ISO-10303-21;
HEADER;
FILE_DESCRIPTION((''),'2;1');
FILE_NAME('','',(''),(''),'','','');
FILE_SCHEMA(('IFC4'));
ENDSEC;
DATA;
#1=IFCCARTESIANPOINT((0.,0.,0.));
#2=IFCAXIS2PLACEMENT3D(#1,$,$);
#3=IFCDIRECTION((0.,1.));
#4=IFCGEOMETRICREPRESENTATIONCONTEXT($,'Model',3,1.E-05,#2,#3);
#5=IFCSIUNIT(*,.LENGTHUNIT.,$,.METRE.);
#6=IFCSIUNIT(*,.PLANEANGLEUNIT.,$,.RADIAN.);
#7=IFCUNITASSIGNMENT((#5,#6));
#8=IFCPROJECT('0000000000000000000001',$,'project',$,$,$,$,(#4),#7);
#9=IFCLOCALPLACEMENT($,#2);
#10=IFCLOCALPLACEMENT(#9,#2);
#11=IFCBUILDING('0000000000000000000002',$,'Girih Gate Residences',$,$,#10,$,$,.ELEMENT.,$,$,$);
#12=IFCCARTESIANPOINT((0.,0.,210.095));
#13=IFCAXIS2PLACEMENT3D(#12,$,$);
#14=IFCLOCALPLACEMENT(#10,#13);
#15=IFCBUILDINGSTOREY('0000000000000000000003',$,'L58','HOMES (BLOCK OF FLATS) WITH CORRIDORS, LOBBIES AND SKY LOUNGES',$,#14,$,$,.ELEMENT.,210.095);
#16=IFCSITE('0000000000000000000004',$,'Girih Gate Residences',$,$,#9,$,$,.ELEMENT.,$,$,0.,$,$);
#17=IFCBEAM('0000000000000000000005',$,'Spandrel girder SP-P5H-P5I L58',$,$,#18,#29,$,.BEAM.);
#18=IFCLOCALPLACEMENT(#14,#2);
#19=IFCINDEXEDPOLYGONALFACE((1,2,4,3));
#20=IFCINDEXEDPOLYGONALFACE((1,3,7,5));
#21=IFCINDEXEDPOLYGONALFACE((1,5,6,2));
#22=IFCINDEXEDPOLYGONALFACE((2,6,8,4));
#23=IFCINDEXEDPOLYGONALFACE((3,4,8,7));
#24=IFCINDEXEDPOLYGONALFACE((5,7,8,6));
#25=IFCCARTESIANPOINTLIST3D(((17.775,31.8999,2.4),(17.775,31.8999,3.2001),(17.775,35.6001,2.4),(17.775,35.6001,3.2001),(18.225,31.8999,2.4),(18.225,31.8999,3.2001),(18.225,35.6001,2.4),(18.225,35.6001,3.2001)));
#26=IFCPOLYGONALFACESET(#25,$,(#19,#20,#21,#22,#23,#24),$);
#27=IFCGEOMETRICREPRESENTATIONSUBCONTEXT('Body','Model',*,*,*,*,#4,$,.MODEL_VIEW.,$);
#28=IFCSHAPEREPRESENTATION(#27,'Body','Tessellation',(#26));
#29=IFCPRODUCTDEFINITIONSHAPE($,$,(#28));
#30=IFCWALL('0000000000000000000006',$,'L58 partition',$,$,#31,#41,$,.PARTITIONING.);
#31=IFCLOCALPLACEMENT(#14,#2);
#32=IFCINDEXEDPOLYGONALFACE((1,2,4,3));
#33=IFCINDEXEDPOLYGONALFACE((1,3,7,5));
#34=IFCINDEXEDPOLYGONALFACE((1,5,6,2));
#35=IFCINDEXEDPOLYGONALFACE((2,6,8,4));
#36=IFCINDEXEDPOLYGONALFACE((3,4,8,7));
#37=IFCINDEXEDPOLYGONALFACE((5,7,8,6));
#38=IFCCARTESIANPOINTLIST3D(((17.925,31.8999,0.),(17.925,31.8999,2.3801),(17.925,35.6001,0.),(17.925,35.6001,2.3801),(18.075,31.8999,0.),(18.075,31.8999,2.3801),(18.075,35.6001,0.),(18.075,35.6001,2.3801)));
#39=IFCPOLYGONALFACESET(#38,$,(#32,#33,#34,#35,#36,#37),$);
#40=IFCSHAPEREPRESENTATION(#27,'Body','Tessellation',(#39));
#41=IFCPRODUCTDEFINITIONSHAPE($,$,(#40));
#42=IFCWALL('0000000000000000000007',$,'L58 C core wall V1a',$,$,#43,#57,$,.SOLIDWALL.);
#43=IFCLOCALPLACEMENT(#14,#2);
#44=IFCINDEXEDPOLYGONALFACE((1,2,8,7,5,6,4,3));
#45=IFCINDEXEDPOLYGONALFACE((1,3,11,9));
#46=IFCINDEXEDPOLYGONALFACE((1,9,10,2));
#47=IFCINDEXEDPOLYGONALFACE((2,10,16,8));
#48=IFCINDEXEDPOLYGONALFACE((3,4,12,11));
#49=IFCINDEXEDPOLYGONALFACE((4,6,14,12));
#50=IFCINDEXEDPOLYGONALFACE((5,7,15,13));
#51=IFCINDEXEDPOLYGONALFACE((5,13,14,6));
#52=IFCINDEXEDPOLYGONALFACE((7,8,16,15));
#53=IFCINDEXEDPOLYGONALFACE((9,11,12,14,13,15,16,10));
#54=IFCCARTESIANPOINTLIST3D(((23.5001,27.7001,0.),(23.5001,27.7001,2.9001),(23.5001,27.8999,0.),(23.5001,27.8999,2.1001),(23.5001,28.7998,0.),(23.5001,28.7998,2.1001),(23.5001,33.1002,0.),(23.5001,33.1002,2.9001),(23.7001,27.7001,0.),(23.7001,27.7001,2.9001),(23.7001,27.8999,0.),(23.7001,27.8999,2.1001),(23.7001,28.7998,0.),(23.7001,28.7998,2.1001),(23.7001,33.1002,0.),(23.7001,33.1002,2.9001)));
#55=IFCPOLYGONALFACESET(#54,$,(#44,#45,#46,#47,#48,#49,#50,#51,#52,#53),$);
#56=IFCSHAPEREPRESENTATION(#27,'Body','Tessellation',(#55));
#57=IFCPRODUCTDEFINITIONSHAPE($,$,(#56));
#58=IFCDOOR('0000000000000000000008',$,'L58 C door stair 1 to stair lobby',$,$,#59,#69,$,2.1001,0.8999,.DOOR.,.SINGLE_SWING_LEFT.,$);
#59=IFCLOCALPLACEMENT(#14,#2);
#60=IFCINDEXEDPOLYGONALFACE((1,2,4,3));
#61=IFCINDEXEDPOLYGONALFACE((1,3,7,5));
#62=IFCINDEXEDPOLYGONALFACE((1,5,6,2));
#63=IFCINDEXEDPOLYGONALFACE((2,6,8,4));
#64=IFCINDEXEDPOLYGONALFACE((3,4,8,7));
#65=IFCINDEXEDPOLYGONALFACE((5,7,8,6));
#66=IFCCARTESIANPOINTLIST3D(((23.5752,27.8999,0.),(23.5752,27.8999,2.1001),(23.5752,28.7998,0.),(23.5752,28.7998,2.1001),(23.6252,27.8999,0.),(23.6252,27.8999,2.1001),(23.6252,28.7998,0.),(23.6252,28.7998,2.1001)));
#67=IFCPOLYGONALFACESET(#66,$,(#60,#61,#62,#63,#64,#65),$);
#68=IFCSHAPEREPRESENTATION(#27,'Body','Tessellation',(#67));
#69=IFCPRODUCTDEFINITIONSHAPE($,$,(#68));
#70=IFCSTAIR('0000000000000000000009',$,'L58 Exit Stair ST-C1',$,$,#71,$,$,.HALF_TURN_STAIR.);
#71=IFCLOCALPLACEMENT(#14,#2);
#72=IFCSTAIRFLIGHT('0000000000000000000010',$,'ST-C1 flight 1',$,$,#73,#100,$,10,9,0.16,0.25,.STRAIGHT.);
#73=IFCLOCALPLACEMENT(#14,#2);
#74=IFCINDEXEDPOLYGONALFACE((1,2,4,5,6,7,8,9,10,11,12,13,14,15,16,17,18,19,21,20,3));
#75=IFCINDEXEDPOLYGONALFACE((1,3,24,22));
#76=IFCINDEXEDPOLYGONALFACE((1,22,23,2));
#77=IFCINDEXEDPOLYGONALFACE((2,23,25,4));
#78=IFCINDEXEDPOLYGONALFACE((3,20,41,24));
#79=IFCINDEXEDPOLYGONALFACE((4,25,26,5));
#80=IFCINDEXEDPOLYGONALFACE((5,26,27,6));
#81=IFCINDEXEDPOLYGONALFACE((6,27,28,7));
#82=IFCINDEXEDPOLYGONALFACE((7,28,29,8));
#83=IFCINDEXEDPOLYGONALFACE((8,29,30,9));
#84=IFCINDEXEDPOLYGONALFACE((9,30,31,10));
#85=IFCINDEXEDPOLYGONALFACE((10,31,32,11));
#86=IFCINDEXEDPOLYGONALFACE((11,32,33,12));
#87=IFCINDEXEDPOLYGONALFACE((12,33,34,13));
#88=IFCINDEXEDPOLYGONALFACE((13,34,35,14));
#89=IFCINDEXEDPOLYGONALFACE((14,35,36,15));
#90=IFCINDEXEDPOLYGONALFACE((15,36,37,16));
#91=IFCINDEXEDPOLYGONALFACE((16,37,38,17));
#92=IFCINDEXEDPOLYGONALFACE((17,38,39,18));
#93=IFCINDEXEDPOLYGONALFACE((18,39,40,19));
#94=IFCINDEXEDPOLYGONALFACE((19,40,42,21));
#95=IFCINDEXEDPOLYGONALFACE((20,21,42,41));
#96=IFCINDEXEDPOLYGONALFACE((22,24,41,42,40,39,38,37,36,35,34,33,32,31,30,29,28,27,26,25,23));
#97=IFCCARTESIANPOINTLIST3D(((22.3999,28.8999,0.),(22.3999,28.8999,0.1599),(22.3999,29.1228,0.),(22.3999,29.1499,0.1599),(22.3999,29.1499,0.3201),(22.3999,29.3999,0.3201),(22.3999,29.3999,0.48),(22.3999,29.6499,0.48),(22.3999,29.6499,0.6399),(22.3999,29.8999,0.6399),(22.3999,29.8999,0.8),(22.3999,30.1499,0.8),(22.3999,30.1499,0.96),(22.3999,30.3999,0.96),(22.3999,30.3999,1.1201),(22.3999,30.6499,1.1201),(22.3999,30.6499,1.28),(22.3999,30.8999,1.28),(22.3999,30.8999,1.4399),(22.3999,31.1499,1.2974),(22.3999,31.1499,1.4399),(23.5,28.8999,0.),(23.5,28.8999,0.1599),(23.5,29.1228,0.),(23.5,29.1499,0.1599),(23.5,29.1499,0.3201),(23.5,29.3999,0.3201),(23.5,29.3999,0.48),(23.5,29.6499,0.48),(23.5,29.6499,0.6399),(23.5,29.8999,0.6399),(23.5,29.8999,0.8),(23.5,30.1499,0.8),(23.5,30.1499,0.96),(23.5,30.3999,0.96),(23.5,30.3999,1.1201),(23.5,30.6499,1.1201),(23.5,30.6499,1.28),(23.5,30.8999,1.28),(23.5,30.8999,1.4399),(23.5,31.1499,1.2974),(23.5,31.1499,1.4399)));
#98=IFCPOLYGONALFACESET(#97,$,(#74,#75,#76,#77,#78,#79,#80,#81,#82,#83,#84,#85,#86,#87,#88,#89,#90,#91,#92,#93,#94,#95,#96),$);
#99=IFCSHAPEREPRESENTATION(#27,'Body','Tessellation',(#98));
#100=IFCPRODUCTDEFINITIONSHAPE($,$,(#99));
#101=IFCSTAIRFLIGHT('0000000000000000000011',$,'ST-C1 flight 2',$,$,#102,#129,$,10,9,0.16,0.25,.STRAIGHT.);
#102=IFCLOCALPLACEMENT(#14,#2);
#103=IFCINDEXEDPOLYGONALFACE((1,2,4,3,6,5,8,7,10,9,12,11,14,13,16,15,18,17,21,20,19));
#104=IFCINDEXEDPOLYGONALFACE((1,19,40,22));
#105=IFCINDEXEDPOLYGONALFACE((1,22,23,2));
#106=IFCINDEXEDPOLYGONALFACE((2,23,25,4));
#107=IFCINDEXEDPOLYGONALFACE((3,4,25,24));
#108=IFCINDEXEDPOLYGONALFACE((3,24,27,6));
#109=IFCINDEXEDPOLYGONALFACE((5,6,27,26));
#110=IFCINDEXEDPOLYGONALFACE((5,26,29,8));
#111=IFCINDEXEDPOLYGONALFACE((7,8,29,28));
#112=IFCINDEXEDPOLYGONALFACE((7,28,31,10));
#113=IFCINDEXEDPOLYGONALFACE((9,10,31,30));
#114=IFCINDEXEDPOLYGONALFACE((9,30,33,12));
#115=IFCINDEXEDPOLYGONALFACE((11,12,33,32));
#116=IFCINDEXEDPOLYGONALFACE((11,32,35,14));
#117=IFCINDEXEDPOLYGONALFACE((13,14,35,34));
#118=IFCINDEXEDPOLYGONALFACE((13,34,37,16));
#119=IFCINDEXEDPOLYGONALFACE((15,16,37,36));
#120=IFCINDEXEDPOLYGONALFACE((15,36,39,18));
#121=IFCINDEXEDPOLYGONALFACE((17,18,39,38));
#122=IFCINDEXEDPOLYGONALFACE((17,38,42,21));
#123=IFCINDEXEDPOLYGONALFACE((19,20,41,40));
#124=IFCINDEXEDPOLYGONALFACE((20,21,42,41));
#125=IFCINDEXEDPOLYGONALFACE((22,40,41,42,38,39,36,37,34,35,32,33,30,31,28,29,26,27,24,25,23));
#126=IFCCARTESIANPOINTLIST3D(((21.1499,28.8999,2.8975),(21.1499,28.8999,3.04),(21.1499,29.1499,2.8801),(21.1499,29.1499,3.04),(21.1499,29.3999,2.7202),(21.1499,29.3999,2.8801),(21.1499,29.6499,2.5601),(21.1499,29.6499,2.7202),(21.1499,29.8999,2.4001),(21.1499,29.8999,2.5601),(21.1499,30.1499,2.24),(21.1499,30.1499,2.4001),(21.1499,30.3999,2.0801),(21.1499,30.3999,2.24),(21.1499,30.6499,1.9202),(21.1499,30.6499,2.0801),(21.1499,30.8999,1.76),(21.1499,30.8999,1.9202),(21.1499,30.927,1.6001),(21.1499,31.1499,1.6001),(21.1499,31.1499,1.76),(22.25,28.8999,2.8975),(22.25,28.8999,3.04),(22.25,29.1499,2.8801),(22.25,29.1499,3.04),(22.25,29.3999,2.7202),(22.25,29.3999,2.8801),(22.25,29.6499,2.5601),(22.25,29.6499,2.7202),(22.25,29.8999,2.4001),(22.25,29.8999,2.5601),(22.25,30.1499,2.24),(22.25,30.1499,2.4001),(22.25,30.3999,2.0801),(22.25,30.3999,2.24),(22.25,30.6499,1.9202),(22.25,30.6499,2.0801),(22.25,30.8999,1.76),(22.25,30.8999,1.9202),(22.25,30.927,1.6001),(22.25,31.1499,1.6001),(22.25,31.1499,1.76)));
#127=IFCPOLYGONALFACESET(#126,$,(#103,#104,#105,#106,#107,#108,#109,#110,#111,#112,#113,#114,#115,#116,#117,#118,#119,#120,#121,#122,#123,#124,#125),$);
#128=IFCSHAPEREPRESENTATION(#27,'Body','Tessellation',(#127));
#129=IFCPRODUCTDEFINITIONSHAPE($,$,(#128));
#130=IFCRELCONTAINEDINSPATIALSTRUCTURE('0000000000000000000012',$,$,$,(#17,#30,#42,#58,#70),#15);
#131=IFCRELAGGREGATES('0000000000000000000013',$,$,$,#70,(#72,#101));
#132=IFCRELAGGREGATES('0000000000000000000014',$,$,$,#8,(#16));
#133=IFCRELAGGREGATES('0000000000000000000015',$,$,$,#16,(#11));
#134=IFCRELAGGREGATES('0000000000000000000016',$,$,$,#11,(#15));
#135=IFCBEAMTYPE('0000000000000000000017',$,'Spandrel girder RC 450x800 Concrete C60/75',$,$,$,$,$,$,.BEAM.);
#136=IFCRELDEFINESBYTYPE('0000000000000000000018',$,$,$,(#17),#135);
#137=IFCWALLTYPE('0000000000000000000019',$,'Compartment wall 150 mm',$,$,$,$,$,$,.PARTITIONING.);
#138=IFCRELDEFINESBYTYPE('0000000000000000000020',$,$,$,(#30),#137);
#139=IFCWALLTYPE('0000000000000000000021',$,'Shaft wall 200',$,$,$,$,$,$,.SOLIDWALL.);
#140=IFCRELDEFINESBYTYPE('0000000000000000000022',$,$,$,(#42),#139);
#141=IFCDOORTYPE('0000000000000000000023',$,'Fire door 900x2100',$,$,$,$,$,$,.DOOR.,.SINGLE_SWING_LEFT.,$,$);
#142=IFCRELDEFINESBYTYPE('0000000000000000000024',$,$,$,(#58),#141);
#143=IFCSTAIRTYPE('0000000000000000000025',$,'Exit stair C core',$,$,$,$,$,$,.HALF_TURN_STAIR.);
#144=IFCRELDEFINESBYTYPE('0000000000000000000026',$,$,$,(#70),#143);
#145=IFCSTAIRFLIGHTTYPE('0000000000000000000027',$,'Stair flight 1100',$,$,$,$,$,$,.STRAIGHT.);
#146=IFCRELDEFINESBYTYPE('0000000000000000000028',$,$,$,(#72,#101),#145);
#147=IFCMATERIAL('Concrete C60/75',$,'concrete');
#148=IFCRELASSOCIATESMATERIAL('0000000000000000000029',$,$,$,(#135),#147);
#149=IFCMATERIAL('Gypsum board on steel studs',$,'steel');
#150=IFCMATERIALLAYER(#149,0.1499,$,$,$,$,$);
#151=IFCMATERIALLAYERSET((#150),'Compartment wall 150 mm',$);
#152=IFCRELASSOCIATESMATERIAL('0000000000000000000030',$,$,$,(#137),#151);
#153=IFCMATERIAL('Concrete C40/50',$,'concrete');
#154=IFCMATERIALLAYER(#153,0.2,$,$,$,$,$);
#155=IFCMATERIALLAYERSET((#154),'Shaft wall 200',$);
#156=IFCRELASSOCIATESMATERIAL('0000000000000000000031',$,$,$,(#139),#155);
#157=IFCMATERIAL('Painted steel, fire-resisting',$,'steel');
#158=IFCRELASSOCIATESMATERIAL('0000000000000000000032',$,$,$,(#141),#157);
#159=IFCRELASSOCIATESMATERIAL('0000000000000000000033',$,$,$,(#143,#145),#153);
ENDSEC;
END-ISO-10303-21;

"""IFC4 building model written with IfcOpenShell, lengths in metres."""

from ifc_helpers import new_model, si_unit, direction, frame, frame_2d, origin, origin_2d, place, context, subcontext, project, spatial, polyline, rectangle, outline, extrude, material, layer, layer_set, material_profile, profile_set, type_object, element, fill, aggregate, save


model = new_model("IFC4")

# Units and contexts
model_context = context("Model", 3, precision=1e-05, world=origin(), true_north=direction((0.0, 1.0)))
body_context = subcontext(model_context, "Body", "Model", "MODEL_VIEW")
ifc_project = project(units=[si_unit("LENGTHUNIT", "METRE"), si_unit("PLANEANGLEUNIT", "RADIAN")], contexts=[model_context])

# Site, building, storey
site_placement = place(None, origin())
site = spatial("IfcSite", under=ifc_project, at=site_placement, Name="Girih Gate Residences", CompositionType="ELEMENT", RefElevation=0.0)
building_placement = place(site_placement, origin())
building = spatial("IfcBuilding", under=site, at=building_placement, Name="Girih Gate Residences", CompositionType="ELEMENT")
storey_placement = place(building_placement, frame((0.0, 0.0, 210.095)))
storey = spatial("IfcBuildingStorey", under=building, at=storey_placement, Name="L58", Description="HOMES (BLOCK OF FLATS) WITH CORRIDORS, LOBBIES AND SKY LOUNGES", CompositionType="ELEMENT", Elevation=210.095)

# Beam
ifc_material_1 = material(Name="Concrete C60/75", Category="concrete")
ifc_material_profile = material_profile(ifc_material_1, rectangle(XDim=0.45, YDim=0.8, at=origin_2d()))
ifc_profile_set = profile_set([ifc_material_profile], Name="Concrete C60/75")
beam_type = type_object("IfcBeamType", Name="Spandrel girder RC 450x800 Concrete C60/75", PredefinedType="BEAM", material=ifc_profile_set)
beam_placement = place(storey_placement, frame((18.0, 31.8999, 2.8), z_axis=(0.0, 1.0, 0.0), x_axis=(-1.0, 0.0, 0.0)))
element("IfcBeam", 1, at=beam_placement, inside=storey, type_object=beam_type, Name="Spandrel girder SP-P5H-P5I L58", PredefinedType="BEAM", context=body_context, shape_type="SweptSolid", body=[
    extrude(rectangle(XDim=0.45, YDim=0.8, at=origin_2d()), origin(), (0.0, 0.0, 1.0), 3.7002),
])

# Wall
ifc_material_2 = material(Name="Gypsum board on steel studs", Category="steel")
ifc_layer_1 = layer(ifc_material_2, 0.1499)
ifc_layer_set_1 = layer_set([ifc_layer_1], Name="Compartment wall 150 mm")
wall_type_1 = type_object("IfcWallType", Name="Compartment wall 150 mm", PredefinedType="PARTITIONING", material=ifc_layer_set_1)
wall_1_placement = place(storey_placement, frame((18.0, 31.8999, 0.0), z_axis=(0.0, 0.0, 1.0), x_axis=(0.0, 1.0, 0.0)))
element("IfcWall", 2, at=wall_1_placement, inside=storey, type_object=wall_type_1, Name="L58 partition", PredefinedType="PARTITIONING", context=body_context, shape_type="SweptSolid", body=[
    extrude(rectangle(XDim=3.7002, YDim=0.1499, at=frame_2d((1.8501, 0.0))), origin(), (0.0, 0.0, 1.0), 2.3801),
])

# Wall, opening, door
ifc_material_3 = material(Name="Concrete C40/50", Category="concrete")
ifc_layer_2 = layer(ifc_material_3, 0.2)
ifc_layer_set_2 = layer_set([ifc_layer_2], Name="Shaft wall 200")
wall_type_2 = type_object("IfcWallType", Name="Shaft wall 200", PredefinedType="SOLIDWALL", material=ifc_layer_set_2)
wall_2_placement = place(storey_placement, frame((23.6001, 27.7, 0.0), z_axis=(0.0, 0.0, 1.0), x_axis=(0.0, 1.0, 0.0)))
wall_2 = element("IfcWall", 3, at=wall_2_placement, inside=storey, type_object=wall_type_2, Name="L58 C core wall V1a", PredefinedType="SOLIDWALL", context=body_context, shape_type="SweptSolid", body=[
    extrude(rectangle(XDim=5.4001, YDim=0.2, at=frame_2d((2.7002, 0.0))), origin(), (0.0, 0.0, 1.0), 2.9001),
])
opening_placement = place(wall_2_placement, frame((0.2, 0.0, 0.0)))
opening = element("IfcOpeningElement", 4, at=opening_placement, cuts=wall_2, PredefinedType="OPENING", context=body_context, shape_type="SweptSolid", body=[
    extrude(rectangle(XDim=0.8999, YDim=2.1001, at=frame_2d((0.45, 1.05))), frame((0.0, 0.1099, 0.0), z_axis=(0.0, -1.0, 0.0), x_axis=(1.0, 0.0, 0.0)), (0.0, 0.0, 1.0), 0.22),
])
ifc_material_4 = material(Name="Painted steel, fire-resisting", Category="steel")
door_type = type_object("IfcDoorType", Name="Fire door 900x2100", OperationType="SINGLE_SWING_LEFT", PredefinedType="DOOR", material=ifc_material_4)
door_placement = place(opening_placement, origin())
door = element("IfcDoor", 5, at=door_placement, inside=storey, type_object=door_type, Name="L58 C door stair 1 to stair lobby", OperationType="SINGLE_SWING_LEFT", OverallHeight=2.1001, OverallWidth=0.8999, PredefinedType="DOOR", context=body_context, shape_type="SweptSolid", body=[
    extrude(rectangle(XDim=0.8999, YDim=2.1001, at=frame_2d((0.45, 1.05))), frame((0.0, 0.0249, 0.0), z_axis=(0.0, -1.0, 0.0), x_axis=(1.0, 0.0, 0.0)), (0.0, 0.0, 1.0), 0.05),
])
fill(opening, door)

# Stair, stair flights
stair_type = type_object("IfcStairType", Name="Exit stair C core", PredefinedType="HALF_TURN_STAIR", material=ifc_material_3)
stair_placement = place(storey_placement, origin())
stair = element("IfcStair", 6, at=stair_placement, inside=storey, type_object=stair_type, Name="L58 Exit Stair ST-C1", PredefinedType="HALF_TURN_STAIR")
stair_flight_type = type_object("IfcStairFlightType", Name="Stair flight 1100", PredefinedType="STRAIGHT", material=ifc_material_3)
stair_flight_1_placement = place(storey_placement, frame((22.95, 28.8999, 0.0), z_axis=(0.0, 0.0, 1.0), x_axis=(0.0, 1.0, 0.0)))
stair_flight_1 = element("IfcStairFlight", 7, at=stair_flight_1_placement, type_object=stair_flight_type, Name="ST-C1 flight 1", NumberOfRisers=10, NumberOfTreads=9, PredefinedType="STRAIGHT", RiserHeight=0.16, TreadLength=0.25, context=body_context, shape_type="SweptSolid", body=[
    extrude(outline(polyline([(0.0, 0.0), (0.0, 0.1599), (0.25, 0.1599), (0.25, 0.3201), (0.5, 0.3201), (0.5, 0.48), (0.75, 0.48), (0.75, 0.6399), (1.0, 0.6399), (1.0, 0.8), (1.25, 0.8), (1.25, 0.96), (1.5, 0.96), (1.5, 1.1201), (1.75, 1.1201), (1.75, 1.28), (2.0, 1.28), (2.0, 1.4399), (2.25, 1.4399), (2.25, 1.6001), (2.25, 1.2974), (0.2229, 0.0), (0.0, 0.0)])), frame((0.0, 0.55, 0.0), z_axis=(0.0, -1.0, 0.0), x_axis=(1.0, 0.0, 0.0)), (0.0, 0.0, 1.0), 1.1001),
])
stair_flight_2_placement = place(storey_placement, frame((21.7, 31.1499, 1.6001), z_axis=(0.0, 0.0, 1.0), x_axis=(0.0, -1.0, 0.0)))
stair_flight_2 = element("IfcStairFlight", 8, at=stair_flight_2_placement, type_object=stair_flight_type, Name="ST-C1 flight 2", NumberOfRisers=10, NumberOfTreads=9, PredefinedType="STRAIGHT", RiserHeight=0.16, TreadLength=0.25, context=body_context, shape_type="SweptSolid", body=[
    extrude(outline(polyline([(0.0, 0.0), (0.0, 0.1599), (0.25, 0.1599), (0.25, 0.3201), (0.5, 0.3201), (0.5, 0.48), (0.75, 0.48), (0.75, 0.6399), (1.0, 0.6399), (1.0, 0.8), (1.25, 0.8), (1.25, 0.96), (1.5, 0.96), (1.5, 1.1201), (1.75, 1.1201), (1.75, 1.28), (2.0, 1.28), (2.0, 1.4399), (2.25, 1.4399), (2.25, 1.6001), (2.25, 1.2974), (0.2229, 0.0), (0.0, 0.0)])), frame((0.0, 0.55, 0.0), z_axis=(0.0, -1.0, 0.0), x_axis=(1.0, 0.0, 0.0)), (0.0, 0.0, 1.0), 1.1001),
])
aggregate(stair, [stair_flight_1, stair_flight_2])

save(model, "model.ifc")
